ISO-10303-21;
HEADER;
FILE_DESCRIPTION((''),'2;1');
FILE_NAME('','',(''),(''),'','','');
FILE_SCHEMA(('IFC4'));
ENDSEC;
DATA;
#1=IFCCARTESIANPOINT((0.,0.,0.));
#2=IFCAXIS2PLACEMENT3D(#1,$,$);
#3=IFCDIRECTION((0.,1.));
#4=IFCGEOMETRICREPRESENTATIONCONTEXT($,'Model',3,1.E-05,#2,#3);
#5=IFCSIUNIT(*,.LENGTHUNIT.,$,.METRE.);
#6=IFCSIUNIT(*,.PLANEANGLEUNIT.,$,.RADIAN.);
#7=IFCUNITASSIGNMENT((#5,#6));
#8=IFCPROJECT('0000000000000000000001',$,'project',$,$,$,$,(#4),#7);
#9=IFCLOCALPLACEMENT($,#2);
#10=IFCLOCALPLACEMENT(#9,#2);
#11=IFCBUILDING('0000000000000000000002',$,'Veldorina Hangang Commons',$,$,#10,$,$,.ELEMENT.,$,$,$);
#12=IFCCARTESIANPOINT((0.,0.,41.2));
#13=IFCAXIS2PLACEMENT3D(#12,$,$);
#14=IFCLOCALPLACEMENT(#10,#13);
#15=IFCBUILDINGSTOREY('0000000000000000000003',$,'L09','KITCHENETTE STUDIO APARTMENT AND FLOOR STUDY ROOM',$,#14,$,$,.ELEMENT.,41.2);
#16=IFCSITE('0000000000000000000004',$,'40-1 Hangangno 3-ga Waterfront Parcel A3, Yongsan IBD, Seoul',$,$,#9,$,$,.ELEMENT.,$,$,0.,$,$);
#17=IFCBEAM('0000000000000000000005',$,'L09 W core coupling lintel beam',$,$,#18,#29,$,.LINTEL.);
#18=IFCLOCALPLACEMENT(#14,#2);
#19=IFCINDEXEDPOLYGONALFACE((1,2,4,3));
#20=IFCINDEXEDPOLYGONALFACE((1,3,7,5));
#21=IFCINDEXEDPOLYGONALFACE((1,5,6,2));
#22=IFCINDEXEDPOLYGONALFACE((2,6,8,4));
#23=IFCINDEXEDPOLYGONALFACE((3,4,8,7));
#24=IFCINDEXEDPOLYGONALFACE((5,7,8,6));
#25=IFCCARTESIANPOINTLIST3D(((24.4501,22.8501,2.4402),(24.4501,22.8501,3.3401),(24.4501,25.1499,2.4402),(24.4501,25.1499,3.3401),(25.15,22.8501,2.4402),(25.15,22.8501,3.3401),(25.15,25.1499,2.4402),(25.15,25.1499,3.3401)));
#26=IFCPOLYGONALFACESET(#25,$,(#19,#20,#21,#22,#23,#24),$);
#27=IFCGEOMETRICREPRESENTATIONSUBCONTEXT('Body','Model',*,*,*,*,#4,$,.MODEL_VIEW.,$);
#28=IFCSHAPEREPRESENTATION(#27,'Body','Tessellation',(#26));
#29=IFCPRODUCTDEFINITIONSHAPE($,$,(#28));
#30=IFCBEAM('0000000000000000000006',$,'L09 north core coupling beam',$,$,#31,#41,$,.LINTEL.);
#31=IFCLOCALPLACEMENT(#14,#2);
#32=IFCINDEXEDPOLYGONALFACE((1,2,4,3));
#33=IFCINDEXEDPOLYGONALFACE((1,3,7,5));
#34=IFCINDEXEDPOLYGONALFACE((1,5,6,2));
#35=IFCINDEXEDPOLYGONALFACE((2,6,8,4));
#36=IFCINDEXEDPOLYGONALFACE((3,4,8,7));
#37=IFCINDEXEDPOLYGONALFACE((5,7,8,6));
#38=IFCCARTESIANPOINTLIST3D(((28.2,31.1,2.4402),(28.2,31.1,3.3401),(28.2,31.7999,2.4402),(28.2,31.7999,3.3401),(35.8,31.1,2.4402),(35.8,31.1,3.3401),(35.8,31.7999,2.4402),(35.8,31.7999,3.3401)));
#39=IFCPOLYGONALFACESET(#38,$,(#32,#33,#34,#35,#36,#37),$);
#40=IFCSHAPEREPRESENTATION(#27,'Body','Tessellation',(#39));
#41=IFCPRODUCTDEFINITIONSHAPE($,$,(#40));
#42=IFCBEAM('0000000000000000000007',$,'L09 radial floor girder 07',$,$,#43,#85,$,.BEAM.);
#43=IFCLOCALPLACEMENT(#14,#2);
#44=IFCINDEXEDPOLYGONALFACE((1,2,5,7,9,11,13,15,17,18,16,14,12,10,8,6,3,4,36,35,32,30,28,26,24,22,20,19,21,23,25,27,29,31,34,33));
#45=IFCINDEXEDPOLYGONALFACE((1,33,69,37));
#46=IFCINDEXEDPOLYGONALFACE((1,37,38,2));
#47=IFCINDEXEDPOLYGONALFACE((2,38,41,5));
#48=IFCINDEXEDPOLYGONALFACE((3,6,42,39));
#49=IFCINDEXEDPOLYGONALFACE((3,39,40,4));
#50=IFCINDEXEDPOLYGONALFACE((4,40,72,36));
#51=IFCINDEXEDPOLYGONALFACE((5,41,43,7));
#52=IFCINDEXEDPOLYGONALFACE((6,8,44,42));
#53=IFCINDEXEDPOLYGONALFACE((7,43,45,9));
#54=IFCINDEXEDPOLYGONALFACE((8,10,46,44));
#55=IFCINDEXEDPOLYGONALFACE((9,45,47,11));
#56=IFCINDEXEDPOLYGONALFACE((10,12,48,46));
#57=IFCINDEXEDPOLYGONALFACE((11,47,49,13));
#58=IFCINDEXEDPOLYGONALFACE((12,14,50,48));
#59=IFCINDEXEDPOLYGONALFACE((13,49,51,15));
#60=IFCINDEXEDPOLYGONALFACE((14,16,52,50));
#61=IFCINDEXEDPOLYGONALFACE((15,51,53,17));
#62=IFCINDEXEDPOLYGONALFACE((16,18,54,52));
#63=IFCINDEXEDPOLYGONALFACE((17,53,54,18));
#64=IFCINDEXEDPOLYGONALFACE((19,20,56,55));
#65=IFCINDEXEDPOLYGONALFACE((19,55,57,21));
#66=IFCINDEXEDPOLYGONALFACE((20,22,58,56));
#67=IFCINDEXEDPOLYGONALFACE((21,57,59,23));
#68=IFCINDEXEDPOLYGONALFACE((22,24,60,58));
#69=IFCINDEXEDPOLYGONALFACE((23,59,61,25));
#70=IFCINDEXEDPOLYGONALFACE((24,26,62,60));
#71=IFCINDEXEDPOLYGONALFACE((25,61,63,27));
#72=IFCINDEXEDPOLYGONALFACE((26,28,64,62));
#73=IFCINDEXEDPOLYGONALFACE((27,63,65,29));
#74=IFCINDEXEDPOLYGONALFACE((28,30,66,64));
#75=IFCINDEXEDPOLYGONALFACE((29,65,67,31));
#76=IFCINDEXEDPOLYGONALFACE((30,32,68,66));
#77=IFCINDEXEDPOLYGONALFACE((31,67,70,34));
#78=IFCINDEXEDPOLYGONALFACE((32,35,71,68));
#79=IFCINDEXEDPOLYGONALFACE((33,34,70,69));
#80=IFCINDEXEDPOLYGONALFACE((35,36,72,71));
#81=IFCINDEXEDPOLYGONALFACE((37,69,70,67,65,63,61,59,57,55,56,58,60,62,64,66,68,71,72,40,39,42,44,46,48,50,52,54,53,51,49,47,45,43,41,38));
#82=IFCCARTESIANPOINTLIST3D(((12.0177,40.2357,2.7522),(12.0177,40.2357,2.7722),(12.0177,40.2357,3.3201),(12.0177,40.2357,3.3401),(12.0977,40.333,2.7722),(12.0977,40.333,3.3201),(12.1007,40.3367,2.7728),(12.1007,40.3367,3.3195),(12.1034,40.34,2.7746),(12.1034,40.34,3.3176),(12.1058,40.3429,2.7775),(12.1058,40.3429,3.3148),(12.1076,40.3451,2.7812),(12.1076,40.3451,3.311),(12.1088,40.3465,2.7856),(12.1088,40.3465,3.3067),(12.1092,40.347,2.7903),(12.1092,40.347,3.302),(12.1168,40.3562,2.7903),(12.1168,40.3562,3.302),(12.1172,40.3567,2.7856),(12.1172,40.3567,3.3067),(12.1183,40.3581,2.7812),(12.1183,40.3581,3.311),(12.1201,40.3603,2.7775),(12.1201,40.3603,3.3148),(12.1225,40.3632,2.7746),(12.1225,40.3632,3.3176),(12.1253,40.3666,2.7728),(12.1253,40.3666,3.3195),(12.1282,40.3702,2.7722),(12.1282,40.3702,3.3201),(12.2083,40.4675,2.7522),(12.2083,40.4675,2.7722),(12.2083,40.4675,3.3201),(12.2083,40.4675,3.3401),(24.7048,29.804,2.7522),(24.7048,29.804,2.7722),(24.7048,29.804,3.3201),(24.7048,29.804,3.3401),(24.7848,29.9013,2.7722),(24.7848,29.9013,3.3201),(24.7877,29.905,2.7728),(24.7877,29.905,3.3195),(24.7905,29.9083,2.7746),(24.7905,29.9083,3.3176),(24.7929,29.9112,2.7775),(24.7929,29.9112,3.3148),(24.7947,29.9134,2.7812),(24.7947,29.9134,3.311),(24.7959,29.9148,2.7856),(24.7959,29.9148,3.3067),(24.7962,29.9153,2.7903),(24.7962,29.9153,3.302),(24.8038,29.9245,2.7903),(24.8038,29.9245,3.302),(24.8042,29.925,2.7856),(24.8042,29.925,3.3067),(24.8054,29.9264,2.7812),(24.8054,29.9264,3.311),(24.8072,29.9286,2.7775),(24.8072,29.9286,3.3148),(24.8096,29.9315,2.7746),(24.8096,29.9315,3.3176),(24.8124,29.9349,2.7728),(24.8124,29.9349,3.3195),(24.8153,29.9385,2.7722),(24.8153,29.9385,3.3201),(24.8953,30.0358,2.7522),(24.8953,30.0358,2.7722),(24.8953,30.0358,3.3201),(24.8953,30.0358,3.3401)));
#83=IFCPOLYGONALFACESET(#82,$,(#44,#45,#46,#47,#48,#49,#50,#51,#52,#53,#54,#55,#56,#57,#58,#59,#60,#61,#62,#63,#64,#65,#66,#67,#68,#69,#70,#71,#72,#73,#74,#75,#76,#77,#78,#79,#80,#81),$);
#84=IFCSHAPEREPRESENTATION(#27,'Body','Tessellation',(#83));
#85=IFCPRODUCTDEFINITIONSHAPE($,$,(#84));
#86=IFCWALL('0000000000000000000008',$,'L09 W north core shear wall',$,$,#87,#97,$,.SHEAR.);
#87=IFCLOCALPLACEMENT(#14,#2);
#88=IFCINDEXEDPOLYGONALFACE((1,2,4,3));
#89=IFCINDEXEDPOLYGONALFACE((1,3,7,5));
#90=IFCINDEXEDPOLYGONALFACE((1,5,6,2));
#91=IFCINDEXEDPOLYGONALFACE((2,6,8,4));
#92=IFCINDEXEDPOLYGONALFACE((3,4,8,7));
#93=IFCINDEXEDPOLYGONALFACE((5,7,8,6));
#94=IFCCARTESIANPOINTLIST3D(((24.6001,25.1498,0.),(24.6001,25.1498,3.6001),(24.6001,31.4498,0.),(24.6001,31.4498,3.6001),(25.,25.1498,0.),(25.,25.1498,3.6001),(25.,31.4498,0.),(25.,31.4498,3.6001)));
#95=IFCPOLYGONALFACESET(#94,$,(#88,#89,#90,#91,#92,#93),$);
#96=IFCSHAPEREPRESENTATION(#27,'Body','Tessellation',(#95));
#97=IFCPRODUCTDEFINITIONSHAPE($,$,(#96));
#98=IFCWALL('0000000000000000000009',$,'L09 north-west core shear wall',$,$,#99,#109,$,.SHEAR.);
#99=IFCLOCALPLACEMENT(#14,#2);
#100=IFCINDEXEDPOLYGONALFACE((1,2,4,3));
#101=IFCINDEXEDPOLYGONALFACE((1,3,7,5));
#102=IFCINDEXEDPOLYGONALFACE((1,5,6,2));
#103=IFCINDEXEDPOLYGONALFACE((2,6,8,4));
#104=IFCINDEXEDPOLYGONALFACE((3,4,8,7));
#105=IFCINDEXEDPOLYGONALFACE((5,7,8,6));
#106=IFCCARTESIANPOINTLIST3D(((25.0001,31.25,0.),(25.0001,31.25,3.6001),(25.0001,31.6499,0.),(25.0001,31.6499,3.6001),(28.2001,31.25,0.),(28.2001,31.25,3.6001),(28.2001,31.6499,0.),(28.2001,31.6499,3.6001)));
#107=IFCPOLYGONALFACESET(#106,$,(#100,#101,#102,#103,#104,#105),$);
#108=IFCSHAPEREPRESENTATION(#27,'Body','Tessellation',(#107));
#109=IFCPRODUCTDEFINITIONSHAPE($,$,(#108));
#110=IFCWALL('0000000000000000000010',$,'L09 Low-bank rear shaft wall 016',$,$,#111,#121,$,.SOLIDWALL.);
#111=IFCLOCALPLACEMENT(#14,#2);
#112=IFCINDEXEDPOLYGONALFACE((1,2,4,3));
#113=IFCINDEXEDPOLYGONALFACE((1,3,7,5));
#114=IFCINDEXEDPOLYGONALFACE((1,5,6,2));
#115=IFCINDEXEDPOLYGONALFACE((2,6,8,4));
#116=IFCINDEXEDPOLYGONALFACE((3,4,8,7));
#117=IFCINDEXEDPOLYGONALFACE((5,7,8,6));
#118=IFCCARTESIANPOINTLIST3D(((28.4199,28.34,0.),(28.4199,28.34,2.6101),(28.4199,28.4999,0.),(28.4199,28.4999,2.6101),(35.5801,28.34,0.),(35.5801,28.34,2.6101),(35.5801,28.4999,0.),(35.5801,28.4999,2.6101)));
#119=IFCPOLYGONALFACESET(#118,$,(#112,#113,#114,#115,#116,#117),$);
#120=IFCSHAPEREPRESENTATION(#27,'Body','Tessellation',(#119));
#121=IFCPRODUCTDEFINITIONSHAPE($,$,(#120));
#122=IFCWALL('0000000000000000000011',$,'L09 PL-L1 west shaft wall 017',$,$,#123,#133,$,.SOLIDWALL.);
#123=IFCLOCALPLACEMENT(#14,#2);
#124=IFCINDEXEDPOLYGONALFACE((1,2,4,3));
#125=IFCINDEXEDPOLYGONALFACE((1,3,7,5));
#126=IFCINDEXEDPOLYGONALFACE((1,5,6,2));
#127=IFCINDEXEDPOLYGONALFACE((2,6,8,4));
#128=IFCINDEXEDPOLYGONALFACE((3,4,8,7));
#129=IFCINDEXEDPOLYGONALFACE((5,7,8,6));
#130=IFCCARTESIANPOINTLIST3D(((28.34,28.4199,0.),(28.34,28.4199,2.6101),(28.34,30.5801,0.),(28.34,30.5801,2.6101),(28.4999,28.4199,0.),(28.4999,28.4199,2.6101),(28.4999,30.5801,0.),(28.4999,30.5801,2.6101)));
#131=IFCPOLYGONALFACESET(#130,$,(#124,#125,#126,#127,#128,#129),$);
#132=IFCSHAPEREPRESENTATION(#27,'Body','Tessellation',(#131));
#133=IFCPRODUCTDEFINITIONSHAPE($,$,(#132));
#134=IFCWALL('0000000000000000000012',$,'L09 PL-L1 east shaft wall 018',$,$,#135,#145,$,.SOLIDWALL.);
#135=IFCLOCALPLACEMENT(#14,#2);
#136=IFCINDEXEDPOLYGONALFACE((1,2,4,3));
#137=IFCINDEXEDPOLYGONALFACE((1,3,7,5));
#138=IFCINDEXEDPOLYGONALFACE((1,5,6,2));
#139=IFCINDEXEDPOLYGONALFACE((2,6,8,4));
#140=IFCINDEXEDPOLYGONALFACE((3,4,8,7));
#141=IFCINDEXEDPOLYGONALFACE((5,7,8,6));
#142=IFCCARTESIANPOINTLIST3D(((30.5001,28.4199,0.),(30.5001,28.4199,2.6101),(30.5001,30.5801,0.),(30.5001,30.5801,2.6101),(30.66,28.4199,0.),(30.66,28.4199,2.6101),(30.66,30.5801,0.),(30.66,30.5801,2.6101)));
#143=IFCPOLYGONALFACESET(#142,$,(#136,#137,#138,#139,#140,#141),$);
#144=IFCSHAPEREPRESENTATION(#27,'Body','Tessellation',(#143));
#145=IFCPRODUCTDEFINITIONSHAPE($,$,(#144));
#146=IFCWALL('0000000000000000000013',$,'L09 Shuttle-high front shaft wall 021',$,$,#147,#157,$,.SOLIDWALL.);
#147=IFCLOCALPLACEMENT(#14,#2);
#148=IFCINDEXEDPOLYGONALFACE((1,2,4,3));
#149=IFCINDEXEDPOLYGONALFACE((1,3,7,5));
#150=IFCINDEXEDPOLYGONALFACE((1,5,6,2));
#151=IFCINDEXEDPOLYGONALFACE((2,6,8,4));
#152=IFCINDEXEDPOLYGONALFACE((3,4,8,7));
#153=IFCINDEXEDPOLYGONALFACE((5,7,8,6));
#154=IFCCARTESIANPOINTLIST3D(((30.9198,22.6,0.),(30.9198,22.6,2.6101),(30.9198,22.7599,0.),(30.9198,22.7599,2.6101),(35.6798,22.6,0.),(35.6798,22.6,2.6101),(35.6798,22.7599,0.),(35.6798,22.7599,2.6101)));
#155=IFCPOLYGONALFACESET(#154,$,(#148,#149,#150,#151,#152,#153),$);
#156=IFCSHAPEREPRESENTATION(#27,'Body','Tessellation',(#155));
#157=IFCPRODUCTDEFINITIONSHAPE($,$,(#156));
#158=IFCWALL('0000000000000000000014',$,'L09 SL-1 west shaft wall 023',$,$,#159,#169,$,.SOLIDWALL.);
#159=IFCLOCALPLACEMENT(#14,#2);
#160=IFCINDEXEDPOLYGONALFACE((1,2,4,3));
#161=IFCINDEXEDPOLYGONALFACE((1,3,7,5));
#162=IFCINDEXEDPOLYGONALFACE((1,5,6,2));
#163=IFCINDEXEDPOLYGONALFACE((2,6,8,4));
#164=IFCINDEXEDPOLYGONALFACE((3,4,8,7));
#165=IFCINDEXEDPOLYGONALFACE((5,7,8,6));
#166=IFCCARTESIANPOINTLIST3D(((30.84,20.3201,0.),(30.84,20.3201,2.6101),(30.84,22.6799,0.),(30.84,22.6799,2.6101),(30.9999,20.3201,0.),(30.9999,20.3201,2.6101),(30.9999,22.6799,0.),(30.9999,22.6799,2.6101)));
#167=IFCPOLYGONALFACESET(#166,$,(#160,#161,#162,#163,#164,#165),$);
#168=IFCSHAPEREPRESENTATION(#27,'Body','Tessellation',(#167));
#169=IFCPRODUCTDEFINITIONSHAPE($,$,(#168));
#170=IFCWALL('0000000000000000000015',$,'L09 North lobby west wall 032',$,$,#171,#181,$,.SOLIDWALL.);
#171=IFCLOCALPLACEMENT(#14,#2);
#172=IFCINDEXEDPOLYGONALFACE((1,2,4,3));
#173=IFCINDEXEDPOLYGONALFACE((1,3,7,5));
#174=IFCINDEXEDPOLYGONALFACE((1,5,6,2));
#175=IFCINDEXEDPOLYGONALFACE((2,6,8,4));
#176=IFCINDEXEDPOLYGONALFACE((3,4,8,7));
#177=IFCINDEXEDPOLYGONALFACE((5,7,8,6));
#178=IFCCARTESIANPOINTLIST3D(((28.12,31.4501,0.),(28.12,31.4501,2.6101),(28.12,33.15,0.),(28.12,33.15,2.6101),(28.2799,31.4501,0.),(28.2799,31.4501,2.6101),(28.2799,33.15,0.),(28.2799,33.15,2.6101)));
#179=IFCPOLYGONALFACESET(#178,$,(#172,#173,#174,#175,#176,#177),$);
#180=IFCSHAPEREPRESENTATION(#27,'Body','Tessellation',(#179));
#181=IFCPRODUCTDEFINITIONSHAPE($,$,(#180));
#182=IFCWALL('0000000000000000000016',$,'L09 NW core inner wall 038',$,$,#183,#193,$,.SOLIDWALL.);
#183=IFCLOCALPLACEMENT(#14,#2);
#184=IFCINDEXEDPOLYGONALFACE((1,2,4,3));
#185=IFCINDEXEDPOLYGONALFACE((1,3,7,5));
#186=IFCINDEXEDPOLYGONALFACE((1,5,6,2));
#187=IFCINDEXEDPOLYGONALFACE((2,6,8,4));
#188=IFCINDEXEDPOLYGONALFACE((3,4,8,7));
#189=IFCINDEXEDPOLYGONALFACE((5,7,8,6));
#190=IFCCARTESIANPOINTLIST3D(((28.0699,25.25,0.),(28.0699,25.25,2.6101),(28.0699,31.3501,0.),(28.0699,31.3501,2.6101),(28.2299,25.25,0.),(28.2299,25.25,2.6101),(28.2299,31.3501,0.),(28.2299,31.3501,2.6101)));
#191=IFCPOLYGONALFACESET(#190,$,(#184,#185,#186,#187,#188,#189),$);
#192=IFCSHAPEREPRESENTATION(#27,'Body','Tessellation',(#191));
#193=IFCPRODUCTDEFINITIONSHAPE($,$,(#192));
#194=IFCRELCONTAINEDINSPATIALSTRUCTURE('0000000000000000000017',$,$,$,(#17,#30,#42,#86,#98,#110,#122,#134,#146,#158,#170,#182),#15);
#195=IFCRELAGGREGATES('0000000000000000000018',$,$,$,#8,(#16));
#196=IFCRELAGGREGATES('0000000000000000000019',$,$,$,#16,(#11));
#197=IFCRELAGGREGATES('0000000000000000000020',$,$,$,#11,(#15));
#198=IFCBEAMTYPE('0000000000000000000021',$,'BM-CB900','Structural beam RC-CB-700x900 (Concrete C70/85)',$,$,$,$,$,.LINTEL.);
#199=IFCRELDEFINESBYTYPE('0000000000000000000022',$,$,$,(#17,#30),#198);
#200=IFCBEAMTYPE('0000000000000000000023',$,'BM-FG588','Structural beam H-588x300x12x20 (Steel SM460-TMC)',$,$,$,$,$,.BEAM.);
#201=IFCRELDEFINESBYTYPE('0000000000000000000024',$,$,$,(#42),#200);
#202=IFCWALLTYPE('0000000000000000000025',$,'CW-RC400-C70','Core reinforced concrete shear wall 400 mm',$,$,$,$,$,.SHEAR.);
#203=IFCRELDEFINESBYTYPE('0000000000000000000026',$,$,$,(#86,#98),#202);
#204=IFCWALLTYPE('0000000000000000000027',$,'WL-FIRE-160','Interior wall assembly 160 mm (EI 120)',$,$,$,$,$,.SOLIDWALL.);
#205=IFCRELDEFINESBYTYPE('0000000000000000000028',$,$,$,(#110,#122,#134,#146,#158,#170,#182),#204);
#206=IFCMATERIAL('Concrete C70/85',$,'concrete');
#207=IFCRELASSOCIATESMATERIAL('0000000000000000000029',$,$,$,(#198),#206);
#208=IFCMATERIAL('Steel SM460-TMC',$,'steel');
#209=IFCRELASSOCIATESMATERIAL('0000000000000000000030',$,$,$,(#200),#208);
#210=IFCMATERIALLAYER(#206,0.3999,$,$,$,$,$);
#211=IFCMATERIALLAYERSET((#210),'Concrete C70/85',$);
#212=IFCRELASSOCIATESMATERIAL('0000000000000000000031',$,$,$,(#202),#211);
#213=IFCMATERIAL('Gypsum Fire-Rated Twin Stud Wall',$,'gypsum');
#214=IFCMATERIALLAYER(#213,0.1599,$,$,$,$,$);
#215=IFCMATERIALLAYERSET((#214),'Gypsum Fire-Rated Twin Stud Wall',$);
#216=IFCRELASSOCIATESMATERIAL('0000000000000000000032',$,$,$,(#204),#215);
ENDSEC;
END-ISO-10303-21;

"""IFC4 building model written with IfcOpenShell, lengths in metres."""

from ifc_helpers import new_model, si_unit, direction, frame, frame_2d, origin, origin_2d, place, context, subcontext, project, spatial, rectangle, i_section, extrude, material, layer, layer_set, material_profile, profile_set, type_object, element, save


model = new_model("IFC4")

# Units and contexts
model_context = context("Model", 3, precision=1e-05, world=origin(), true_north=direction((0.0, 1.0)))
body_context = subcontext(model_context, "Body", "Model", "MODEL_VIEW")
ifc_project = project(units=[si_unit("LENGTHUNIT", "METRE"), si_unit("PLANEANGLEUNIT", "RADIAN")], contexts=[model_context])

# Site, building, storey
site_placement = place(None, origin())
site = spatial("IfcSite", under=ifc_project, at=site_placement, Name="40-1 Hangangno 3-ga Waterfront Parcel A3, Yongsan IBD, Seoul", CompositionType="ELEMENT", RefElevation=0.0)
building_placement = place(site_placement, origin())
building = spatial("IfcBuilding", under=site, at=building_placement, Name="Veldorina Hangang Commons", CompositionType="ELEMENT")
storey_placement = place(building_placement, frame((0.0, 0.0, 41.2)))
storey = spatial("IfcBuildingStorey", under=building, at=storey_placement, Name="L09", Description="KITCHENETTE STUDIO APARTMENT AND FLOOR STUDY ROOM", CompositionType="ELEMENT", Elevation=41.2)

# Beams
ifc_material_1 = material(Name="Concrete C70/85", Category="concrete")
ifc_material_profile_1 = material_profile(ifc_material_1, rectangle(XDim=0.7, YDim=0.8999, at=origin_2d()), Name="RC-CB-700x900")
ifc_profile_set_1 = profile_set([ifc_material_profile_1], Name="Concrete C70/85")
beam_type_1 = type_object("IfcBeamType", Name="BM-CB900", Description="Structural beam RC-CB-700x900 (Concrete C70/85)", PredefinedType="LINTEL", material=ifc_profile_set_1)
beam_1_placement = place(storey_placement, frame((24.8, 22.8501, 2.8901), z_axis=(0.0, 1.0, 0.0), x_axis=(-1.0, 0.0, 0.0)))
element("IfcBeam", 1, at=beam_1_placement, inside=storey, type_object=beam_type_1, Name="L09 W core coupling lintel beam", PredefinedType="LINTEL", context=body_context, shape_type="SweptSolid", body=[
    extrude(rectangle(XDim=0.7, YDim=0.8999, at=origin_2d()), origin(), (0.0, 0.0, 1.0), 2.2998),
])
beam_2_placement = place(storey_placement, frame((28.2, 31.45, 2.8901), z_axis=(1.0, 0.0, 0.0), x_axis=(0.0, 1.0, 0.0)))
element("IfcBeam", 2, at=beam_2_placement, inside=storey, type_object=beam_type_1, Name="L09 north core coupling beam", PredefinedType="LINTEL", context=body_context, shape_type="SweptSolid", body=[
    extrude(rectangle(XDim=0.7, YDim=0.8999, at=origin_2d()), origin(), (0.0, 0.0, 1.0), 7.6001),
])
ifc_material_2 = material(Name="Steel SM460-TMC", Category="steel")
ifc_material_profile_2 = material_profile(ifc_material_2, i_section(OverallWidth=0.3, OverallDepth=0.5879, WebThickness=0.012, FlangeThickness=0.02, FilletRadius=0.0181, at=origin_2d()), Name="H-588x300x12x20")
ifc_profile_set_2 = profile_set([ifc_material_profile_2], Name="Steel SM460-TMC")
beam_type_2 = type_object("IfcBeamType", Name="BM-FG588", Description="Structural beam H-588x300x12x20 (Steel SM460-TMC)", PredefinedType="BEAM", material=ifc_profile_set_2)
beam_3_placement = place(storey_placement, frame((24.8, 29.9199, 3.0461), z_axis=(-0.772423, 0.635109, 0.0), x_axis=(-0.635109, -0.772423, 0.0)))
element("IfcBeam", 3, at=beam_3_placement, inside=storey, type_object=beam_type_2, Name="L09 radial floor girder 07", PredefinedType="BEAM", context=body_context, shape_type="SweptSolid", body=[
    extrude(i_section(OverallWidth=0.3, OverallDepth=0.5879, WebThickness=0.012, FlangeThickness=0.02, FilletRadius=0.0181, at=origin_2d()), origin(), (0.0, 0.0, 1.0), 16.425),
])

# Walls
ifc_layer_1 = layer(ifc_material_1, 0.3999)
ifc_layer_set_1 = layer_set([ifc_layer_1], Name="Concrete C70/85")
wall_type_1 = type_object("IfcWallType", Name="CW-RC400-C70", Description="Core reinforced concrete shear wall 400 mm", PredefinedType="SHEAR", material=ifc_layer_set_1)
wall_1_placement = place(storey_placement, frame((24.8, 25.1499, 0.0), z_axis=(0.0, 0.0, 1.0), x_axis=(0.0, 1.0, 0.0)))
element("IfcWall", 4, at=wall_1_placement, inside=storey, type_object=wall_type_1, Name="L09 W north core shear wall", PredefinedType="SHEAR", context=body_context, shape_type="SweptSolid", body=[
    extrude(rectangle(XDim=6.3, YDim=0.3999, at=frame_2d((3.1499, 0.0))), origin(), (0.0, 0.0, 1.0), 3.6001),
])
wall_2_placement = place(storey_placement, frame((25.0, 31.45, 0.0), z_axis=(0.0, 0.0, 1.0), x_axis=(1.0, 0.0, 0.0)))
element("IfcWall", 5, at=wall_2_placement, inside=storey, type_object=wall_type_1, Name="L09 north-west core shear wall", PredefinedType="SHEAR", context=body_context, shape_type="SweptSolid", body=[
    extrude(rectangle(XDim=3.2, YDim=0.3999, at=frame_2d((1.6001, 0.0))), origin(), (0.0, 0.0, 1.0), 3.6001),
])

# Shared definitions
ifc_material_3 = material(Name="Gypsum Fire-Rated Twin Stud Wall", Category="gypsum")
ifc_layer_2 = layer(ifc_material_3, 0.1599)
ifc_layer_set_2 = layer_set([ifc_layer_2], Name="Gypsum Fire-Rated Twin Stud Wall")
wall_type_2 = type_object("IfcWallType", Name="WL-FIRE-160", Description="Interior wall assembly 160 mm (EI 120)", PredefinedType="SOLIDWALL", material=ifc_layer_set_2)

# Walls
wall_3_placement = place(storey_placement, frame((28.4199, 28.4199, 0.0), z_axis=(0.0, 0.0, 1.0), x_axis=(1.0, 0.0, 0.0)))
element("IfcWall", 6, at=wall_3_placement, inside=storey, type_object=wall_type_2, Name="L09 Low-bank rear shaft wall 016", PredefinedType="SOLIDWALL", context=body_context, shape_type="SweptSolid", body=[
    extrude(rectangle(XDim=7.1602, YDim=0.1599, at=frame_2d((3.5801, 0.0))), origin(), (0.0, 0.0, 1.0), 2.6101),
])
for number, where, z_axis, x_axis, name in (
    (7, (28.4199, 28.4199, 0.0), (0.0, 0.0, 1.0), (0.0, 1.0, 0.0), "L09 PL-L1 west shaft wall 017"),
    (8, (30.5801, 28.4199, 0.0), (0.0, 0.0, 1.0), (0.0, 1.0, 0.0), "L09 PL-L1 east shaft wall 018"),
):
    element("IfcWall", number, at=place(storey_placement, frame(where, z_axis=z_axis, x_axis=x_axis)), inside=storey, type_object=wall_type_2, Name=name, PredefinedType="SOLIDWALL", context=body_context, shape_type="SweptSolid", body=[
        extrude(rectangle(XDim=2.1602, YDim=0.1599, at=frame_2d((1.0801, 0.0))), origin(), (0.0, 0.0, 1.0), 2.6101),
    ])
wall_4_placement = place(storey_placement, frame((30.9199, 22.6799, 0.0), z_axis=(0.0, 0.0, 1.0), x_axis=(1.0, 0.0, 0.0)))
element("IfcWall", 9, at=wall_4_placement, inside=storey, type_object=wall_type_2, Name="L09 Shuttle-high front shaft wall 021", PredefinedType="SOLIDWALL", context=body_context, shape_type="SweptSolid", body=[
    extrude(rectangle(XDim=4.76, YDim=0.1599, at=frame_2d((2.3799, 0.0))), origin(), (0.0, 0.0, 1.0), 2.6101),
])
wall_5_placement = place(storey_placement, frame((30.9199, 20.3201, 0.0), z_axis=(0.0, 0.0, 1.0), x_axis=(0.0, 1.0, 0.0)))
element("IfcWall", 10, at=wall_5_placement, inside=storey, type_object=wall_type_2, Name="L09 SL-1 west shaft wall 023", PredefinedType="SOLIDWALL", context=body_context, shape_type="SweptSolid", body=[
    extrude(rectangle(XDim=2.3599, YDim=0.1599, at=frame_2d((1.1799, 0.0))), origin(), (0.0, 0.0, 1.0), 2.6101),
])
wall_6_placement = place(storey_placement, frame((28.2, 31.45, 0.0), z_axis=(0.0, 0.0, 1.0), x_axis=(0.0, 1.0, 0.0)))
element("IfcWall", 11, at=wall_6_placement, inside=storey, type_object=wall_type_2, Name="L09 North lobby west wall 032", PredefinedType="SOLIDWALL", context=body_context, shape_type="SweptSolid", body=[
    extrude(rectangle(XDim=1.7, YDim=0.1599, at=frame_2d((0.8501, 0.0))), origin(), (0.0, 0.0, 1.0), 2.6101),
])
wall_7_placement = place(storey_placement, frame((28.1499, 25.25, 0.0), z_axis=(0.0, 0.0, 1.0), x_axis=(0.0, 1.0, 0.0)))
element("IfcWall", 12, at=wall_7_placement, inside=storey, type_object=wall_type_2, Name="L09 NW core inner wall 038", PredefinedType="SOLIDWALL", context=body_context, shape_type="SweptSolid", body=[
    extrude(rectangle(XDim=6.1001, YDim=0.1599, at=frame_2d((3.05, 0.0))), origin(), (0.0, 0.0, 1.0), 2.6101),
])

save(model, "model.ifc")
